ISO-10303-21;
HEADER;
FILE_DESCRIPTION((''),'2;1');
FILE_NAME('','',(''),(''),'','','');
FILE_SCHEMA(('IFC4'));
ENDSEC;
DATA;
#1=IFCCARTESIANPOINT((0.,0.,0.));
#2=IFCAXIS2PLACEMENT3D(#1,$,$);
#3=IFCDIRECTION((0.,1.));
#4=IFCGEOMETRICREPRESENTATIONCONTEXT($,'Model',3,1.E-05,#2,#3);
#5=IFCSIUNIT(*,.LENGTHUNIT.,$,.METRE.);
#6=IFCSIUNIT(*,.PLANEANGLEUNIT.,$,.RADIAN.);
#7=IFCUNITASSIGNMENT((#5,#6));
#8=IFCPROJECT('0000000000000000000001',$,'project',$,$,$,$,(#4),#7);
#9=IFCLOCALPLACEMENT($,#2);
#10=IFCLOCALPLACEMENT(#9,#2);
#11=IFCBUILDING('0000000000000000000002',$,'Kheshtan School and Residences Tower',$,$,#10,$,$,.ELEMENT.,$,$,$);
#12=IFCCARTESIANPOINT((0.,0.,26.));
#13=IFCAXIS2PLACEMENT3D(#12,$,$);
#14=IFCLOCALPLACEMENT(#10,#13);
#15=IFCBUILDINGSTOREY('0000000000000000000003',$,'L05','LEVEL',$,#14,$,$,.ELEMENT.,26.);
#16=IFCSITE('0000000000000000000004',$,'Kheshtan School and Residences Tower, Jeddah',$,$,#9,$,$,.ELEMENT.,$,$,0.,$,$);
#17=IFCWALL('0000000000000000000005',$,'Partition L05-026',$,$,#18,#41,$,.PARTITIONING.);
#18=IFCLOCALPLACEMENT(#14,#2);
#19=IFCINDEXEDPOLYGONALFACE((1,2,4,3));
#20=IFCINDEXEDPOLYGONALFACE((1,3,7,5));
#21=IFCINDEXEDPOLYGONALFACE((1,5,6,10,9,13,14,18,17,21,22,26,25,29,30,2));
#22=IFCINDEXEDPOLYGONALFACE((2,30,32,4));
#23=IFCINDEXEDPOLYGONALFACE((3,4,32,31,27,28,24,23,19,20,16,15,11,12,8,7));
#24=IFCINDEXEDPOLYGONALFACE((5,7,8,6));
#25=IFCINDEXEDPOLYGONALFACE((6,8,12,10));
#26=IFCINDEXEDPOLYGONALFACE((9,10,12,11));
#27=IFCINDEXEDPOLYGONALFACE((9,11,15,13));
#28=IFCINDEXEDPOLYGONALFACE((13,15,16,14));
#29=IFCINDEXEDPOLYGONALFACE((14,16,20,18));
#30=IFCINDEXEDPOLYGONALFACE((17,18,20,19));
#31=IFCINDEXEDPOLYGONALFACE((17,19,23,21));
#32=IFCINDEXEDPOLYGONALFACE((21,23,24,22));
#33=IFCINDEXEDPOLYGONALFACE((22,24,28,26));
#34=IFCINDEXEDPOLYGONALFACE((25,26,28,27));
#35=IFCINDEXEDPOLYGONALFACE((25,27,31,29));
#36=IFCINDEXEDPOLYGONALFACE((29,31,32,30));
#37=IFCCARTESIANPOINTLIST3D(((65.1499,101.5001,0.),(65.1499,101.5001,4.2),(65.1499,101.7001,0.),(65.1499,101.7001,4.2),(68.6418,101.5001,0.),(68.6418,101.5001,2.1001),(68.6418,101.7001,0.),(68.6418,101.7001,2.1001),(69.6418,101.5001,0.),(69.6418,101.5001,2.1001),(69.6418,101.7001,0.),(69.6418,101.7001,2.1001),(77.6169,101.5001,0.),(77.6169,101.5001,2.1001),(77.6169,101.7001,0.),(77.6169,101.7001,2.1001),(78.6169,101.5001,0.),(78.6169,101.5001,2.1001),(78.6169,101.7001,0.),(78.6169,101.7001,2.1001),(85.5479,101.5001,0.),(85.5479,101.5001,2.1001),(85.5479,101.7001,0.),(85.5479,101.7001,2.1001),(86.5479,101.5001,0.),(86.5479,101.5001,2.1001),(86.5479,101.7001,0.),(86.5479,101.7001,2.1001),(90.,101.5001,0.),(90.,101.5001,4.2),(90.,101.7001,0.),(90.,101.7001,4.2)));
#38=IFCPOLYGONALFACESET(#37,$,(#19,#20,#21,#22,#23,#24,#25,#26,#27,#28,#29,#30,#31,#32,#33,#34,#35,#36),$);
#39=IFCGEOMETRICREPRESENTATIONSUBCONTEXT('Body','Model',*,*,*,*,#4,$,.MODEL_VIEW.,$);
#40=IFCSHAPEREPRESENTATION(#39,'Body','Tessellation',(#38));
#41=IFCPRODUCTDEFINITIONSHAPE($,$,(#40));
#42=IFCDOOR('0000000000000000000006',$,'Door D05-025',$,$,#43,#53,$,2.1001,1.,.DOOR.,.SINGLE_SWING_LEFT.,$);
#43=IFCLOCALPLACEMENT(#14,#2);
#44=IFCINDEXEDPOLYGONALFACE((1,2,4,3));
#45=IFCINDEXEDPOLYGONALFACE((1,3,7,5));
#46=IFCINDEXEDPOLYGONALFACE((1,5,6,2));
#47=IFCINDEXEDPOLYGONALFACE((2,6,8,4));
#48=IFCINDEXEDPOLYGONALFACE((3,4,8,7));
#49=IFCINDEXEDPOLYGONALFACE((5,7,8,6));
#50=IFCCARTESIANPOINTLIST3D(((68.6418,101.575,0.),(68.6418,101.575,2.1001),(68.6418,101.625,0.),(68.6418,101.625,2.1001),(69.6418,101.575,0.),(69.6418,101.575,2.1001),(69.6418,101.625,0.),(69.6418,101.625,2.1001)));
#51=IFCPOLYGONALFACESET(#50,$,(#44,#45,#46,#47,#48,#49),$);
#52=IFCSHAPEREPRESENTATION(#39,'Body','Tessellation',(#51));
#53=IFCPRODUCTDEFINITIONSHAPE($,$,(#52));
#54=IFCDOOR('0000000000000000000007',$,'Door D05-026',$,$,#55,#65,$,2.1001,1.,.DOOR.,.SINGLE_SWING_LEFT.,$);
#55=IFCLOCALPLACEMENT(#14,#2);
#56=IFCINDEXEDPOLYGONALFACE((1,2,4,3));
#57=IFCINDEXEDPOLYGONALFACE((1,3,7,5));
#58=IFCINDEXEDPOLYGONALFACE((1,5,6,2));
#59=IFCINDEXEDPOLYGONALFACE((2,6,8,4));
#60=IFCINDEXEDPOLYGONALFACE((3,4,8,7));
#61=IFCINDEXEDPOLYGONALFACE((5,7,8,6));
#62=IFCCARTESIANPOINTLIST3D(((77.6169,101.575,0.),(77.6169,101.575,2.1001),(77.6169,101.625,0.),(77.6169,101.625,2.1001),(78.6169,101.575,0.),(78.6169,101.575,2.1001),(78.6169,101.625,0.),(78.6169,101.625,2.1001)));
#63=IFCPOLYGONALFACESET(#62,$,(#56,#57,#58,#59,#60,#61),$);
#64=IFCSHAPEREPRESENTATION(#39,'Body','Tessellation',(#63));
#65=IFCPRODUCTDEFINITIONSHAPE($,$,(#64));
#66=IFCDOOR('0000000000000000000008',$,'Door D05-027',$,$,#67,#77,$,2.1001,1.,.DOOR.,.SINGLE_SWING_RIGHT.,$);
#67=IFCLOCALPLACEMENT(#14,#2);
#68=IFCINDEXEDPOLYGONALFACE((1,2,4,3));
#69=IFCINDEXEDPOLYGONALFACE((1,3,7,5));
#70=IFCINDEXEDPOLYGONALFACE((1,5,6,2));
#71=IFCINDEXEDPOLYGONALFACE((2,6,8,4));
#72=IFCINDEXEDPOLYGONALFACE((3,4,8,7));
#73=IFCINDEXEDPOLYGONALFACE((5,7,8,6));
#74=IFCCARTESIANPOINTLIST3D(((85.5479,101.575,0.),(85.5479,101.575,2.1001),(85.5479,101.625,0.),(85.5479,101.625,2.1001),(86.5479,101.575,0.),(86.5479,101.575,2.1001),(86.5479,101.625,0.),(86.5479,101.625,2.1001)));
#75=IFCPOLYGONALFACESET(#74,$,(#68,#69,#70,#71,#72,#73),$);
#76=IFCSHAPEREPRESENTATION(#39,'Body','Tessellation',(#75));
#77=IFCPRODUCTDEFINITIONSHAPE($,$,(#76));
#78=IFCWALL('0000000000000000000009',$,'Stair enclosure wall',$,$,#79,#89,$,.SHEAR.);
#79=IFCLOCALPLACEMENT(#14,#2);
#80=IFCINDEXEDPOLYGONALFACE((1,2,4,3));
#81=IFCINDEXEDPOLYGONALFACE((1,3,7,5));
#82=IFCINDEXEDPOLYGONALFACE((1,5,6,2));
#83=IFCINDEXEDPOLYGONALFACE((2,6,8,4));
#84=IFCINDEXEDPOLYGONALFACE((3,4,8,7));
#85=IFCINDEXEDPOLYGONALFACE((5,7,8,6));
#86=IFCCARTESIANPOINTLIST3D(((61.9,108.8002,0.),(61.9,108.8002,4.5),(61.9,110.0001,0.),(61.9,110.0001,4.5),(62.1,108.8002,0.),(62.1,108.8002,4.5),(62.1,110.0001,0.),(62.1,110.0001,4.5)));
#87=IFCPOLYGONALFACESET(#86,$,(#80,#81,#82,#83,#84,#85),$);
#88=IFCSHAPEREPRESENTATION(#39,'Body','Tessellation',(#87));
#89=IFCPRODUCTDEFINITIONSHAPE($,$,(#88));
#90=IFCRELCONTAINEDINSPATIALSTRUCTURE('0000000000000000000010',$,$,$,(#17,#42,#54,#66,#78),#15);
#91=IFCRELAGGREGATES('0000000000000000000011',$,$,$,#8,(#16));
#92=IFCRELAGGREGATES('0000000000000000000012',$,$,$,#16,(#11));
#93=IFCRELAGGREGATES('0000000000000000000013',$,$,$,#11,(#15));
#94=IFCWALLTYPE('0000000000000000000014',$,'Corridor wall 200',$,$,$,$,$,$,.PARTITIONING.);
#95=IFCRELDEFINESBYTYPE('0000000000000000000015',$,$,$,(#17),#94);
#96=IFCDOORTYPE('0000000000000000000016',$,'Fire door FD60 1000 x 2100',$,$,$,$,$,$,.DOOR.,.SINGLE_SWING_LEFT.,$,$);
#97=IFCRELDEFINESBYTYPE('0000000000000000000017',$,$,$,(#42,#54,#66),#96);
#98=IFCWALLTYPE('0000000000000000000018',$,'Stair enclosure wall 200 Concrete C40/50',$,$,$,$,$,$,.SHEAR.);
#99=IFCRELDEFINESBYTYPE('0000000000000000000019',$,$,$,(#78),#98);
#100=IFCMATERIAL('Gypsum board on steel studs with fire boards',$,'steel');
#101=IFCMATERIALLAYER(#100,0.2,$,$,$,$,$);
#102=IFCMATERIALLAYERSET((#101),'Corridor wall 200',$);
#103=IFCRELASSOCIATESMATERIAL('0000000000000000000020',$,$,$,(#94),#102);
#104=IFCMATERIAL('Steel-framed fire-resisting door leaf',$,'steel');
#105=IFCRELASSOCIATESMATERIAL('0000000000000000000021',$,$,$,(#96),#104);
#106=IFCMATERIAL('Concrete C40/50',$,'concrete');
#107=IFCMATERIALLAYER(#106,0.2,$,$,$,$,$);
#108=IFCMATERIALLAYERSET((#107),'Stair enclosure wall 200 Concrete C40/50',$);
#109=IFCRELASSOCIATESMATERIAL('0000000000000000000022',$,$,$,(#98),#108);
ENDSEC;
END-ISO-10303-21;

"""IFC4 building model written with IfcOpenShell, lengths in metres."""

from ifc_helpers import new_model, si_unit, direction, frame, frame_2d, origin, place, context, subcontext, project, spatial, rectangle, extrude, source, transform, mapped, material, layer, layer_set, type_object, element, fill, save


model = new_model("IFC4")

# Units and contexts
model_context = context("Model", 3, precision=1e-05, world=origin(), true_north=direction((0.0, 1.0)))
body_context = subcontext(model_context, "Body", "Model", "MODEL_VIEW")
ifc_project = project(units=[si_unit("LENGTHUNIT", "METRE"), si_unit("PLANEANGLEUNIT", "RADIAN")], contexts=[model_context])

# Site, building, storey
site_placement = place(None, origin())
site = spatial("IfcSite", under=ifc_project, at=site_placement, Name="Kheshtan School and Residences Tower, Jeddah", CompositionType="ELEMENT", RefElevation=0.0)
building_placement = place(site_placement, origin())
building = spatial("IfcBuilding", under=site, at=building_placement, Name="Kheshtan School and Residences Tower", CompositionType="ELEMENT")
storey_placement = place(building_placement, frame((0.0, 0.0, 26.0)))
storey = spatial("IfcBuildingStorey", under=building, at=storey_placement, Name="L05", Description="LEVEL", CompositionType="ELEMENT", Elevation=26.0)

# Wall, openings, doors
ifc_material_1 = material(Name="Gypsum board on steel studs with fire boards", Category="steel")
ifc_layer_1 = layer(ifc_material_1, 0.2)
ifc_layer_set_1 = layer_set([ifc_layer_1], Name="Corridor wall 200")
wall_type_1 = type_object("IfcWallType", Name="Corridor wall 200", PredefinedType="PARTITIONING", material=ifc_layer_set_1)
wall_1_placement = place(storey_placement, frame((65.1499, 101.6001, 0.0), z_axis=(0.0, 0.0, 1.0), x_axis=(1.0, 0.0, 0.0)))
wall_1 = element("IfcWall", 1, at=wall_1_placement, inside=storey, type_object=wall_type_1, Name="Partition L05-026", PredefinedType="PARTITIONING", context=body_context, shape_type="SweptSolid", body=[
    extrude(rectangle(XDim=24.8501, YDim=0.2, at=frame_2d((12.425, 0.0))), origin(), (0.0, 0.0, 1.0), 4.2),
])
opening_1_placement = place(wall_1_placement, frame((3.4919, 0.0, 0.0)))
opening_1 = element("IfcOpeningElement", 2, at=opening_1_placement, cuts=wall_1, PredefinedType="OPENING", context=body_context, shape_type="SweptSolid", body=[
    extrude(rectangle(XDim=1.0, YDim=2.1001, at=frame_2d((0.5, 1.05))), frame((0.0, 0.1099, 0.0), z_axis=(0.0, -1.0, 0.0), x_axis=(1.0, 0.0, 0.0)), (0.0, 0.0, 1.0), 0.22),
])
opening_2_placement = place(wall_1_placement, frame((12.467, 0.0, 0.0)))
opening_2 = element("IfcOpeningElement", 3, at=opening_2_placement, cuts=wall_1, PredefinedType="OPENING", context=body_context, shape_type="SweptSolid", body=[
    extrude(rectangle(XDim=1.0, YDim=2.1001, at=frame_2d((0.5, 1.05))), frame((0.0, 0.1099, 0.0), z_axis=(0.0, -1.0, 0.0), x_axis=(1.0, 0.0, 0.0)), (0.0, 0.0, 1.0), 0.22),
])
opening_3_placement = place(wall_1_placement, frame((20.3979, 0.0, 0.0)))
opening_3 = element("IfcOpeningElement", 4, at=opening_3_placement, cuts=wall_1, PredefinedType="OPENING", context=body_context, shape_type="SweptSolid", body=[
    extrude(rectangle(XDim=1.0, YDim=2.1001, at=frame_2d((0.5, 1.05))), frame((0.0, 0.1099, 0.0), z_axis=(0.0, -1.0, 0.0), x_axis=(1.0, 0.0, 0.0)), (0.0, 0.0, 1.0), 0.22),
])
ifc_material_2 = material(Name="Steel-framed fire-resisting door leaf", Category="steel")
door_type = type_object("IfcDoorType", Name="Fire door FD60 1000 x 2100", OperationType="SINGLE_SWING_LEFT", PredefinedType="DOOR", material=ifc_material_2)
shared_shape = source(origin(), body_context, "Body", "SweptSolid", [
    extrude(rectangle(XDim=1.0, YDim=2.1001, at=frame_2d((0.5, 1.05))), frame((0.0, 0.0249, 0.0), z_axis=(0.0, -1.0, 0.0), x_axis=(1.0, 0.0, 0.0)), (0.0, 0.0, 1.0), 0.05),
])
door_1_placement = place(opening_1_placement, origin())
door_1 = element("IfcDoor", 5, at=door_1_placement, inside=storey, type_object=door_type, Name="Door D05-025", OperationType="SINGLE_SWING_LEFT", OverallHeight=2.1001, OverallWidth=1.0, PredefinedType="DOOR", context=body_context, shape_type="MappedRepresentation", body=[
    mapped(shared_shape, transform((0.0, 0.0, 0.0), x_axis=(1.0, 0.0, 0.0), y_axis=(0.0, 1.0, 0.0), z_axis=(0.0, 0.0, 1.0), scale=1.0)),
])
fill(opening_1, door_1)
door_2_placement = place(opening_2_placement, origin())
door_2 = element("IfcDoor", 6, at=door_2_placement, inside=storey, type_object=door_type, Name="Door D05-026", OperationType="SINGLE_SWING_LEFT", OverallHeight=2.1001, OverallWidth=1.0, PredefinedType="DOOR", context=body_context, shape_type="MappedRepresentation", body=[
    mapped(shared_shape, transform((0.0, 0.0, 0.0), x_axis=(1.0, 0.0, 0.0), y_axis=(0.0, 1.0, 0.0), z_axis=(0.0, 0.0, 1.0), scale=1.0)),
])
fill(opening_2, door_2)
door_3_placement = place(opening_3_placement, origin())
door_3 = element("IfcDoor", 7, at=door_3_placement, inside=storey, type_object=door_type, Name="Door D05-027", OperationType="SINGLE_SWING_RIGHT", OverallHeight=2.1001, OverallWidth=1.0, PredefinedType="DOOR", context=body_context, shape_type="MappedRepresentation", body=[
    mapped(shared_shape, transform((0.0, 0.0, 0.0), x_axis=(1.0, 0.0, 0.0), y_axis=(0.0, 1.0, 0.0), z_axis=(0.0, 0.0, 1.0), scale=1.0)),
])
fill(opening_3, door_3)

# Wall
ifc_material_3 = material(Name="Concrete C40/50", Category="concrete")
ifc_layer_2 = layer(ifc_material_3, 0.2)
ifc_layer_set_2 = layer_set([ifc_layer_2], Name="Stair enclosure wall 200 Concrete C40/50")
wall_type_2 = type_object("IfcWallType", Name="Stair enclosure wall 200 Concrete C40/50", PredefinedType="SHEAR", material=ifc_layer_set_2)
wall_2_placement = place(storey_placement, frame((62.0, 108.8, 0.0), z_axis=(0.0, 0.0, 1.0), x_axis=(0.0, 1.0, 0.0)))
element("IfcWall", 8, at=wall_2_placement, inside=storey, type_object=wall_type_2, Name="Stair enclosure wall", PredefinedType="SHEAR", context=body_context, shape_type="SweptSolid", body=[
    extrude(rectangle(XDim=1.2, YDim=0.2, at=frame_2d((0.6001, 0.0))), origin(), (0.0, 0.0, 1.0), 4.5),
])

save(model, "model.ifc")
